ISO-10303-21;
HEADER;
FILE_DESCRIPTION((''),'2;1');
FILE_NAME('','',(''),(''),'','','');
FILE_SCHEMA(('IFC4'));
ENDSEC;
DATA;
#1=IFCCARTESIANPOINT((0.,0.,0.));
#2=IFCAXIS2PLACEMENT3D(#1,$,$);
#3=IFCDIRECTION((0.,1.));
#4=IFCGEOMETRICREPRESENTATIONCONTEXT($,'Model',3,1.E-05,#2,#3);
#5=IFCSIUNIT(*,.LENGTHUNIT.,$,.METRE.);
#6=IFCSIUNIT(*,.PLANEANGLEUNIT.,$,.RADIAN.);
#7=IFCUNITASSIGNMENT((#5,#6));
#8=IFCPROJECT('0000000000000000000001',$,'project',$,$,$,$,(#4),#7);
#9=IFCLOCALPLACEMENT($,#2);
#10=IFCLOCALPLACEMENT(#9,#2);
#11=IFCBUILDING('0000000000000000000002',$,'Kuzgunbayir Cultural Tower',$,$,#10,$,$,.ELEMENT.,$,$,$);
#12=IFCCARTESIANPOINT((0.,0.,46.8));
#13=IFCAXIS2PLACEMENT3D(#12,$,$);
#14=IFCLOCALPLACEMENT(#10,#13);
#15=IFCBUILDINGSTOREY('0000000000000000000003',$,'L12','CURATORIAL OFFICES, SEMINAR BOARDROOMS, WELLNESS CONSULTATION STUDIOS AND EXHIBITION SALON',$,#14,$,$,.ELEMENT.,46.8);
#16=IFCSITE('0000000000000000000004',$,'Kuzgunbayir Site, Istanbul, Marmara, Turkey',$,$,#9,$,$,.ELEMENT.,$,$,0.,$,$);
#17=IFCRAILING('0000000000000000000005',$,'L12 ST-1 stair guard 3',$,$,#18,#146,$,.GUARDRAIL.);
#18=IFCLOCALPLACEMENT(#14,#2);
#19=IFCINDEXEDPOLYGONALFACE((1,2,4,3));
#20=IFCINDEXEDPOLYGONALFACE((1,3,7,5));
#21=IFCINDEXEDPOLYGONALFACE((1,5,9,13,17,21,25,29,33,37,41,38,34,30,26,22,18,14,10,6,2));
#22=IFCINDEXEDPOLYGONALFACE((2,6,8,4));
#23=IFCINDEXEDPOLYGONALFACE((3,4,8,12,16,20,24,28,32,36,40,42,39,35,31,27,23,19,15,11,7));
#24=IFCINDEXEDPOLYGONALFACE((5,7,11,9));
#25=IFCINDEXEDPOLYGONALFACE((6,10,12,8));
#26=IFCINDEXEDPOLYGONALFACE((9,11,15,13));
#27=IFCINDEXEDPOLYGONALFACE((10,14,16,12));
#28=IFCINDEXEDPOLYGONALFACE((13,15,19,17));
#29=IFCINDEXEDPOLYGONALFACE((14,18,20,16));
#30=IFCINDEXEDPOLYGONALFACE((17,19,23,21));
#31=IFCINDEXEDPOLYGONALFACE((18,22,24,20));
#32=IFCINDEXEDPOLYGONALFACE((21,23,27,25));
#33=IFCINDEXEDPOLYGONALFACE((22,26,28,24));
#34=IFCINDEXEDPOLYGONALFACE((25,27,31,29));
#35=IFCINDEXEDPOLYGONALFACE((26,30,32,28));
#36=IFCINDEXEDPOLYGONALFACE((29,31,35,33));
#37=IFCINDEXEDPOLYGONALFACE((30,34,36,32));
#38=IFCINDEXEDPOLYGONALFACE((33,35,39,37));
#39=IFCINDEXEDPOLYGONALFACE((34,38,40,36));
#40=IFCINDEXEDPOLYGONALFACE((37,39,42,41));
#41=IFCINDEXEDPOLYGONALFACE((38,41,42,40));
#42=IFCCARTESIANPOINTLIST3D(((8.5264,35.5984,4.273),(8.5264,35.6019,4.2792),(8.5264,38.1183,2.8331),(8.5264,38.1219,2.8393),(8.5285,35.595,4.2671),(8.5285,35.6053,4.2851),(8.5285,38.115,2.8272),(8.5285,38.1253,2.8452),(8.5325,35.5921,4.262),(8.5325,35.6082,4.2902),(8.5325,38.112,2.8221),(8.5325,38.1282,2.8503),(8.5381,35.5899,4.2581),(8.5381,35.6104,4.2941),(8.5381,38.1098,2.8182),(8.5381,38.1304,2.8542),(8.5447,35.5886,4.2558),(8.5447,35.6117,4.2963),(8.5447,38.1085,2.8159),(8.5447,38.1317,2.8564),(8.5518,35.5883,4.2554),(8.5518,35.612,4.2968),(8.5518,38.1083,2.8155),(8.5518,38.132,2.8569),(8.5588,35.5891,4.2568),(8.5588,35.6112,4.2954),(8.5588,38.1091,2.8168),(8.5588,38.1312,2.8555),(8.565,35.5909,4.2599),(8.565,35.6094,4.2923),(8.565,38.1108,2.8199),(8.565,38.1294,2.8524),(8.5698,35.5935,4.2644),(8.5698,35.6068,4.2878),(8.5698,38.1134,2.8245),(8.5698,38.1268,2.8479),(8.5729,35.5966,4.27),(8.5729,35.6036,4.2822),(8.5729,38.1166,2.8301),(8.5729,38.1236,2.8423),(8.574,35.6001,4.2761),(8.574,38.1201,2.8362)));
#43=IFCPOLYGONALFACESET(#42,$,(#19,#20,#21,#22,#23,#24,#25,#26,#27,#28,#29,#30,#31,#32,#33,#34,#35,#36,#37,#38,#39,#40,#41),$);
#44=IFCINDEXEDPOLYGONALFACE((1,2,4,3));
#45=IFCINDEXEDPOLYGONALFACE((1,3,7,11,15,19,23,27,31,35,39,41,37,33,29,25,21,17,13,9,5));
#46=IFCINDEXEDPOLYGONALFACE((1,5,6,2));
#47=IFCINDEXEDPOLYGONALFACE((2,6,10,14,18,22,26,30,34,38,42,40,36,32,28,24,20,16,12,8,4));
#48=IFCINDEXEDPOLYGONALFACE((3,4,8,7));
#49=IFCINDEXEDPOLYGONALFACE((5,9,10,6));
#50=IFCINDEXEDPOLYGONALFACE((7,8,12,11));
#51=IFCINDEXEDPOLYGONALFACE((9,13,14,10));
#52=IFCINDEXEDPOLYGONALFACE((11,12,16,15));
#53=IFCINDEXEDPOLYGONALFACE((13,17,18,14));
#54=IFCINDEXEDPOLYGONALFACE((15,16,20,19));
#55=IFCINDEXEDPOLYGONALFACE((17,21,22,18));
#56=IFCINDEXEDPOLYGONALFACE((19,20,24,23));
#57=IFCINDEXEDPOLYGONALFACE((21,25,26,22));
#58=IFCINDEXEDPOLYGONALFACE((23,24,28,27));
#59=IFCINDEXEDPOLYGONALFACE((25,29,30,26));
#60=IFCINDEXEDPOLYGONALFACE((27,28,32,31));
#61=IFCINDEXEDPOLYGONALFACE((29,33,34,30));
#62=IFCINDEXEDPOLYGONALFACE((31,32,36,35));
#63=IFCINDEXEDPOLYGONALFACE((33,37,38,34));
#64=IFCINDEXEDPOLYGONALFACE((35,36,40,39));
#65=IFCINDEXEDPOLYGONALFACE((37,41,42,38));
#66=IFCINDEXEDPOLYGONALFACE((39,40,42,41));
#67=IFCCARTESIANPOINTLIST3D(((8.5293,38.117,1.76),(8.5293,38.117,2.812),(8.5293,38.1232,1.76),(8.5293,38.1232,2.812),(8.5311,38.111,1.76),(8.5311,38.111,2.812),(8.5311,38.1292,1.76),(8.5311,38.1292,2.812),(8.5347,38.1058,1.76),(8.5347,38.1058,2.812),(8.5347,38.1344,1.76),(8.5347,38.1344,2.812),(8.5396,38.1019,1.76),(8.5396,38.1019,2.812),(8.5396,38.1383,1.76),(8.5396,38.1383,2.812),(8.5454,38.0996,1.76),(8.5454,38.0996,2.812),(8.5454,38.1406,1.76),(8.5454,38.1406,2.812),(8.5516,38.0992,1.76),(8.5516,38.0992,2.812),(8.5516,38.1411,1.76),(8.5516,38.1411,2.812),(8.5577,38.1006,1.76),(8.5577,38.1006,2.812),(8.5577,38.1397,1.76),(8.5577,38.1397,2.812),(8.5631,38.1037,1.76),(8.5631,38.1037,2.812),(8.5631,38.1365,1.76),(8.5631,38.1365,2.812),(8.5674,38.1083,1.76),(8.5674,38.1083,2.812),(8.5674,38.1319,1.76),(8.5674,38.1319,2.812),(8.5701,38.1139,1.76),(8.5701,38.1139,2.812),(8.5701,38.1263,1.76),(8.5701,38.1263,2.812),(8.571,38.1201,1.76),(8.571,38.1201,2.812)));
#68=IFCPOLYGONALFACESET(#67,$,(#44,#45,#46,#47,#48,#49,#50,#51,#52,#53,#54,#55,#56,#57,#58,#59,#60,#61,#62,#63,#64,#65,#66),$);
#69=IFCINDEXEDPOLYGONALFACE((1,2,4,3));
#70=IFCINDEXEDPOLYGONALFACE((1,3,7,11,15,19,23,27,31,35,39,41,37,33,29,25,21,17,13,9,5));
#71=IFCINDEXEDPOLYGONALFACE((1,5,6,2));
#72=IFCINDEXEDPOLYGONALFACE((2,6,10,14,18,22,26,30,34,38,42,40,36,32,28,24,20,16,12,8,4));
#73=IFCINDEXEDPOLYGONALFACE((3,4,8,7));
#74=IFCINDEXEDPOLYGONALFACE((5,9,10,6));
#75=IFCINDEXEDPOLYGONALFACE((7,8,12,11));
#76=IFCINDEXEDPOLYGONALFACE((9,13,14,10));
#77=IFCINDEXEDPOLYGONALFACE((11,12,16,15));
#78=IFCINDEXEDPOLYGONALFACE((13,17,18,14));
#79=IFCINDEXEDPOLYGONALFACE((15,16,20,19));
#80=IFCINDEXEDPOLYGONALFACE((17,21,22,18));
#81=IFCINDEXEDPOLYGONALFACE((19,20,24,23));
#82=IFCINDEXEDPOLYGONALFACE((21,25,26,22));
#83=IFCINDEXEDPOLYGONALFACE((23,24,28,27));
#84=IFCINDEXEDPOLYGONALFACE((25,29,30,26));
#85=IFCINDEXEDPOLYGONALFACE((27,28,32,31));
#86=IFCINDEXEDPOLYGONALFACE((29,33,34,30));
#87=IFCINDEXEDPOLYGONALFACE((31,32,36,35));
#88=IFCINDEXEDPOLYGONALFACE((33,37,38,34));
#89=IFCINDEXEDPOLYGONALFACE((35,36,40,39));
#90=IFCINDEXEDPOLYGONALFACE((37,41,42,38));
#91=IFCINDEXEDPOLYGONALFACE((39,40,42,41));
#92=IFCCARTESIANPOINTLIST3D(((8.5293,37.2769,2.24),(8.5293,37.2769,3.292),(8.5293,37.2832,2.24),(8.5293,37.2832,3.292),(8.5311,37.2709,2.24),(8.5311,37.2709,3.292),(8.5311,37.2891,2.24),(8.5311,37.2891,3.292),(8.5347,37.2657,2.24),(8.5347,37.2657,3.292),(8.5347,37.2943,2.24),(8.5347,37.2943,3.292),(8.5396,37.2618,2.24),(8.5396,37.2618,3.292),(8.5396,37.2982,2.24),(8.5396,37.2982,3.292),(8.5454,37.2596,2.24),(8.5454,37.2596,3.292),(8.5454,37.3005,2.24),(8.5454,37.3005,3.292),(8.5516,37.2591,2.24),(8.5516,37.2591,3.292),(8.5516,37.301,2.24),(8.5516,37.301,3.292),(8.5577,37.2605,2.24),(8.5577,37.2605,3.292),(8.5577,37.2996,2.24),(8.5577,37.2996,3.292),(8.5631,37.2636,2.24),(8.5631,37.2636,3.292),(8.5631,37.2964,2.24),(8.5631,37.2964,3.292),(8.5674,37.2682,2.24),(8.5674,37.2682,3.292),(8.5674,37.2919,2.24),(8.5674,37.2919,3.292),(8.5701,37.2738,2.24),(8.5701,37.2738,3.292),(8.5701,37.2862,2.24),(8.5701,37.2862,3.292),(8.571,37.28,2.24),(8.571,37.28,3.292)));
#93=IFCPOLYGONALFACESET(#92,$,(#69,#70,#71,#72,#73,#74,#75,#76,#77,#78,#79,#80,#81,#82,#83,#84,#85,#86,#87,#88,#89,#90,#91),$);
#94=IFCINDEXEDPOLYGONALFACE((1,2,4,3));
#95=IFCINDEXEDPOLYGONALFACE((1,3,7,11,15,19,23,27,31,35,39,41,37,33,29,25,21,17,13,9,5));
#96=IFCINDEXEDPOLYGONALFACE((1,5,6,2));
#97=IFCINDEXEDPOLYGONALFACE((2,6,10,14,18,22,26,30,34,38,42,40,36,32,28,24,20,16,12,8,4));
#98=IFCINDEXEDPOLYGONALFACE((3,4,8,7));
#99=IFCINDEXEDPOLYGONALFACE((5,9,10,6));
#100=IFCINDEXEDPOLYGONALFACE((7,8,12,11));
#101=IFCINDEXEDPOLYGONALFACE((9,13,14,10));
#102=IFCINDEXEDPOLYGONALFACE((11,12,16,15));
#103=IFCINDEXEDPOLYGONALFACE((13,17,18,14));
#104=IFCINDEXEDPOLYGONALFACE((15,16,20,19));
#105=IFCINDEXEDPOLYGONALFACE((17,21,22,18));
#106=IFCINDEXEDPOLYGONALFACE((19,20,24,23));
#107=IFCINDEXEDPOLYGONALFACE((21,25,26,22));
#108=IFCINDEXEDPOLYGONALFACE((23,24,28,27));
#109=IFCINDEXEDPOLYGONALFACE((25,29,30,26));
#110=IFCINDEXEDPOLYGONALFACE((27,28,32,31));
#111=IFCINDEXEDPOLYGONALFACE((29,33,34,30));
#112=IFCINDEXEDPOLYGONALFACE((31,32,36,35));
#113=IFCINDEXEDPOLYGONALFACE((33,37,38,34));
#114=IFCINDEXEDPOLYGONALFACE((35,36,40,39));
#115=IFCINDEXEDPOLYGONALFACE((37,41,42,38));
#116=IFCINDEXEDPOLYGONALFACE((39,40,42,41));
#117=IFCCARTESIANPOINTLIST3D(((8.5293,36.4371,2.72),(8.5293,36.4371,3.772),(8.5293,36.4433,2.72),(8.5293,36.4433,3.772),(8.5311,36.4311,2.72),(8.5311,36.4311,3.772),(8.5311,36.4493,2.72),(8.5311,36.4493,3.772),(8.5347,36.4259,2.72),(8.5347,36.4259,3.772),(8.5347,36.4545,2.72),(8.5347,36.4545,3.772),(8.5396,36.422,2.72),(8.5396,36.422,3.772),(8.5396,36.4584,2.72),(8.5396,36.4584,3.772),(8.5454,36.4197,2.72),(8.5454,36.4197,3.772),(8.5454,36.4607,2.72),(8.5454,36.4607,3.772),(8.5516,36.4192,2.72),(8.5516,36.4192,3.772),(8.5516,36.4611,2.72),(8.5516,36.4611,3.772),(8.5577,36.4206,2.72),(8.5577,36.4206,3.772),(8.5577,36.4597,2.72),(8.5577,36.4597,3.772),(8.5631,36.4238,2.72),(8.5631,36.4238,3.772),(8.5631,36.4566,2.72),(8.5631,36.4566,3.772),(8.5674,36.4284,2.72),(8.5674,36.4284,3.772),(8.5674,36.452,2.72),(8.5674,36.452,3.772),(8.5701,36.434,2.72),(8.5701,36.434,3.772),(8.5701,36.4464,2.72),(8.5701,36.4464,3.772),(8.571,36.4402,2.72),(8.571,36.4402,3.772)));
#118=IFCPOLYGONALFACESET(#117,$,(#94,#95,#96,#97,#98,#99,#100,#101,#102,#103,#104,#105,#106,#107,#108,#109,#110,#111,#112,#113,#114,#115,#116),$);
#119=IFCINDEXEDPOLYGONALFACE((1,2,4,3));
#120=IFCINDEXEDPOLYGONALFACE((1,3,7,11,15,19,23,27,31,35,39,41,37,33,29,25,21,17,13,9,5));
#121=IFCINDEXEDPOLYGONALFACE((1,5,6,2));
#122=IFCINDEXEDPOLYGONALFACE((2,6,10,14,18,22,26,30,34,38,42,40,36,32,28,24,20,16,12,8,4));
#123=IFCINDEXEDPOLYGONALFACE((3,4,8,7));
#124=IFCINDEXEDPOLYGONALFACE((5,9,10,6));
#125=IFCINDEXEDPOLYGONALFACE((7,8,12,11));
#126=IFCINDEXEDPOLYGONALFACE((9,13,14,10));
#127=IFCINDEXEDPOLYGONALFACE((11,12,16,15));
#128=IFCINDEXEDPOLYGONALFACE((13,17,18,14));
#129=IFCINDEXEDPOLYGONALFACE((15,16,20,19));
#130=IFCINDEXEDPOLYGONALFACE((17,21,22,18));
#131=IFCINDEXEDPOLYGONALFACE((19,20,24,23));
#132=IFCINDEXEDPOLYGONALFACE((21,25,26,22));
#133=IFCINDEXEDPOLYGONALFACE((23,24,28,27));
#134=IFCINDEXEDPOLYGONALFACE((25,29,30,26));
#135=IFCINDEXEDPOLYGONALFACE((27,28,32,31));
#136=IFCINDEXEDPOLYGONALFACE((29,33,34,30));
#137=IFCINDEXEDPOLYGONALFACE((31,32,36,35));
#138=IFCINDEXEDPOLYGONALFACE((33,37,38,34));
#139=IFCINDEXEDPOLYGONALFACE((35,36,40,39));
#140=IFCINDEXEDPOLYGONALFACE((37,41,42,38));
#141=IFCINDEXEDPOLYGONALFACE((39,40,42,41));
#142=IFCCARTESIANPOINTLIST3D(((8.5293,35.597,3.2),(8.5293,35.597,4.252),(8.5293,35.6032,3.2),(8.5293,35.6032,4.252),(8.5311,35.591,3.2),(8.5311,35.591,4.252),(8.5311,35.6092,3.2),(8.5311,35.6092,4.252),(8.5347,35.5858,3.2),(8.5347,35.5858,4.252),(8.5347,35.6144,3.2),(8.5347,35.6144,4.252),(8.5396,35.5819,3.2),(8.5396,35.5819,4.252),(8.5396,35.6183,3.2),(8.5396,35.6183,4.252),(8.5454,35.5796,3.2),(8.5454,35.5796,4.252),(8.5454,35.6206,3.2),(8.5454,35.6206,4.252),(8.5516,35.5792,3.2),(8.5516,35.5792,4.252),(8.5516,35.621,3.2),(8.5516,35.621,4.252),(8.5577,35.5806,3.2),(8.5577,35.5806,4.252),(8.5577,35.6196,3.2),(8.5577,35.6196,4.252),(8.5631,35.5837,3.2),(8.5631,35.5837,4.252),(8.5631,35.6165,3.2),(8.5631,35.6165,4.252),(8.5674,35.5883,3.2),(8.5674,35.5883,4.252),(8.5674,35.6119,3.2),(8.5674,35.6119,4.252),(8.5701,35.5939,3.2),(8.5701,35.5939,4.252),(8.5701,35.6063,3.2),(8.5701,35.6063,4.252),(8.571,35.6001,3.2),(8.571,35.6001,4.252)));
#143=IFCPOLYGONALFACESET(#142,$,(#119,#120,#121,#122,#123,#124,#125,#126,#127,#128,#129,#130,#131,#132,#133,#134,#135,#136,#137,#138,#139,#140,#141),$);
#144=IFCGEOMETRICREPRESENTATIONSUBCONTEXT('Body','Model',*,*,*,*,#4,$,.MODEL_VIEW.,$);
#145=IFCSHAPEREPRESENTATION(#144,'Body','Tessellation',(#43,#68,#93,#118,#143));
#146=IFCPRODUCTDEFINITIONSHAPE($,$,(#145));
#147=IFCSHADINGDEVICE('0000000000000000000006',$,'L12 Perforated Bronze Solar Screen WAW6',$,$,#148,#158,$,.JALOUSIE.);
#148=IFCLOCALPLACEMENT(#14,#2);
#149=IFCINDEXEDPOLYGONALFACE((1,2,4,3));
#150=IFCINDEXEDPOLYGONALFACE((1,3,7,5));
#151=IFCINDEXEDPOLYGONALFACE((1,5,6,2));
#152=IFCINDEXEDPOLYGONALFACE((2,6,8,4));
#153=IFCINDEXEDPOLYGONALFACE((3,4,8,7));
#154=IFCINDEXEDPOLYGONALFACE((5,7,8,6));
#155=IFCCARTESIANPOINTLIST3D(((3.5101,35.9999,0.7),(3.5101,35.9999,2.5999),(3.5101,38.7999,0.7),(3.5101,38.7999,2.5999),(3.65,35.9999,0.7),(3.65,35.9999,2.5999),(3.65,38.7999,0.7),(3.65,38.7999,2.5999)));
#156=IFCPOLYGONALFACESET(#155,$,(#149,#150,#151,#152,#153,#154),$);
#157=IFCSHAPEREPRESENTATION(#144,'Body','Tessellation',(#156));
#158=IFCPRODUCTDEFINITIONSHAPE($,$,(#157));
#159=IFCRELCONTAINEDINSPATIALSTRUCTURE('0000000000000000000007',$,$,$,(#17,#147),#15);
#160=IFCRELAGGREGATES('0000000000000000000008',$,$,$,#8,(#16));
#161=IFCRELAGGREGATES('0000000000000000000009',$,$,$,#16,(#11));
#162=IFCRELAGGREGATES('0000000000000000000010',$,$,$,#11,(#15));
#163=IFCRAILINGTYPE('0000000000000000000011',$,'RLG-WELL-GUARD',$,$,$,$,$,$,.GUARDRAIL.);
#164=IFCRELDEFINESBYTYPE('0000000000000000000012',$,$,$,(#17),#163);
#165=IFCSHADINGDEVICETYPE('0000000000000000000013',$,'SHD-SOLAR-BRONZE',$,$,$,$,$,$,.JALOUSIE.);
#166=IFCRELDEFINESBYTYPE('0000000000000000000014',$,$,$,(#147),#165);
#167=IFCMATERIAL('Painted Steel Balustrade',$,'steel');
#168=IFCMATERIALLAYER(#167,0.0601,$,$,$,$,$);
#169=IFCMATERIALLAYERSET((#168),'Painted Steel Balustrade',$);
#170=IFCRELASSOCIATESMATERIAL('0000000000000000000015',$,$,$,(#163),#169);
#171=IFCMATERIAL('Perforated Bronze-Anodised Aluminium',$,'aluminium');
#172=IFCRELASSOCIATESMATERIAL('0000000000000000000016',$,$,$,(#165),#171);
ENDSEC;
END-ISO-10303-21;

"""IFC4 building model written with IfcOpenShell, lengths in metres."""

from ifc_helpers import new_model, si_unit, direction, frame, origin, origin_2d, place, context, subcontext, project, spatial, rectangle, circle, extrude, material, layer, layer_set, type_object, element, save


model = new_model("IFC4")

# Units and contexts
model_context = context("Model", 3, precision=1e-05, world=origin(), true_north=direction((0.0, 1.0)))
body_context = subcontext(model_context, "Body", "Model", "MODEL_VIEW")
ifc_project = project(units=[si_unit("LENGTHUNIT", "METRE"), si_unit("PLANEANGLEUNIT", "RADIAN")], contexts=[model_context])

# Site, building, storey
site_placement = place(None, origin())
site = spatial("IfcSite", under=ifc_project, at=site_placement, Name="Kuzgunbayir Site, Istanbul, Marmara, Turkey", CompositionType="ELEMENT", RefElevation=0.0)
building_placement = place(site_placement, origin())
building = spatial("IfcBuilding", under=site, at=building_placement, Name="Kuzgunbayir Cultural Tower", CompositionType="ELEMENT")
storey_placement = place(building_placement, frame((0.0, 0.0, 46.8)))
storey = spatial("IfcBuildingStorey", under=building, at=storey_placement, Name="L12", Description="CURATORIAL OFFICES, SEMINAR BOARDROOMS, WELLNESS CONSULTATION STUDIOS AND EXHIBITION SALON", CompositionType="ELEMENT", Elevation=46.8)

# Railing
ifc_material_1 = material(Name="Painted Steel Balustrade", Category="steel")
ifc_layer_1 = layer(ifc_material_1, 0.0601)
ifc_layer_set_1 = layer_set([ifc_layer_1], Name="Painted Steel Balustrade")
railing_type_1 = type_object("IfcRailingType", Name="RLG-WELL-GUARD", PredefinedType="GUARDRAIL", material=ifc_layer_set_1)
railing_1_placement = place(storey_placement, frame((8.55, 38.1201, 1.76)))
element("IfcRailing", 1, at=railing_1_placement, inside=storey, type_object=railing_type_1, Name="L12 ST-1 stair guard 3", PredefinedType="GUARDRAIL", context=body_context, shape_type="SweptSolid", body=[
    extrude(circle(Radius=0.0239, at=origin_2d()), frame((0.0, 0.0, 1.0762), z_axis=(0.0, -0.868253, 0.496121), x_axis=(1.0, 0.0, 0.0)), (0.0, 0.0, 1.0), 2.9023),
    extrude(circle(Radius=0.021, at=origin_2d()), origin(), (0.0, 0.0, 1.0), 1.052),
    extrude(circle(Radius=0.021, at=origin_2d()), frame((0.0, -0.8401, 0.48)), (0.0, 0.0, 1.0), 1.052),
    extrude(circle(Radius=0.021, at=origin_2d()), frame((0.0, -1.6799, 0.96)), (0.0, 0.0, 1.0), 1.052),
    extrude(circle(Radius=0.021, at=origin_2d()), frame((0.0, -2.52, 1.4399)), (0.0, 0.0, 1.0), 1.052),
])

# Shading device
ifc_material_2 = material(Name="Perforated Bronze-Anodised Aluminium", Category="aluminium")
shading_device_type = type_object("IfcShadingDeviceType", Name="SHD-SOLAR-BRONZE", PredefinedType="JALOUSIE", material=ifc_material_2)
shading_device_placement = place(storey_placement, frame((3.5801, 37.3999, 0.7), z_axis=(0.0, 0.0, 1.0), x_axis=(1.0, 0.0, 0.0)))
element("IfcShadingDevice", 2, at=shading_device_placement, inside=storey, type_object=shading_device_type, Name="L12 Perforated Bronze Solar Screen WAW6", PredefinedType="JALOUSIE", context=body_context, shape_type="SweptSolid", body=[
    extrude(rectangle(XDim=0.1399, YDim=2.8, at=origin_2d()), origin(), (0.0, 0.0, 1.0), 1.8999),
])

save(model, "model.ifc")
